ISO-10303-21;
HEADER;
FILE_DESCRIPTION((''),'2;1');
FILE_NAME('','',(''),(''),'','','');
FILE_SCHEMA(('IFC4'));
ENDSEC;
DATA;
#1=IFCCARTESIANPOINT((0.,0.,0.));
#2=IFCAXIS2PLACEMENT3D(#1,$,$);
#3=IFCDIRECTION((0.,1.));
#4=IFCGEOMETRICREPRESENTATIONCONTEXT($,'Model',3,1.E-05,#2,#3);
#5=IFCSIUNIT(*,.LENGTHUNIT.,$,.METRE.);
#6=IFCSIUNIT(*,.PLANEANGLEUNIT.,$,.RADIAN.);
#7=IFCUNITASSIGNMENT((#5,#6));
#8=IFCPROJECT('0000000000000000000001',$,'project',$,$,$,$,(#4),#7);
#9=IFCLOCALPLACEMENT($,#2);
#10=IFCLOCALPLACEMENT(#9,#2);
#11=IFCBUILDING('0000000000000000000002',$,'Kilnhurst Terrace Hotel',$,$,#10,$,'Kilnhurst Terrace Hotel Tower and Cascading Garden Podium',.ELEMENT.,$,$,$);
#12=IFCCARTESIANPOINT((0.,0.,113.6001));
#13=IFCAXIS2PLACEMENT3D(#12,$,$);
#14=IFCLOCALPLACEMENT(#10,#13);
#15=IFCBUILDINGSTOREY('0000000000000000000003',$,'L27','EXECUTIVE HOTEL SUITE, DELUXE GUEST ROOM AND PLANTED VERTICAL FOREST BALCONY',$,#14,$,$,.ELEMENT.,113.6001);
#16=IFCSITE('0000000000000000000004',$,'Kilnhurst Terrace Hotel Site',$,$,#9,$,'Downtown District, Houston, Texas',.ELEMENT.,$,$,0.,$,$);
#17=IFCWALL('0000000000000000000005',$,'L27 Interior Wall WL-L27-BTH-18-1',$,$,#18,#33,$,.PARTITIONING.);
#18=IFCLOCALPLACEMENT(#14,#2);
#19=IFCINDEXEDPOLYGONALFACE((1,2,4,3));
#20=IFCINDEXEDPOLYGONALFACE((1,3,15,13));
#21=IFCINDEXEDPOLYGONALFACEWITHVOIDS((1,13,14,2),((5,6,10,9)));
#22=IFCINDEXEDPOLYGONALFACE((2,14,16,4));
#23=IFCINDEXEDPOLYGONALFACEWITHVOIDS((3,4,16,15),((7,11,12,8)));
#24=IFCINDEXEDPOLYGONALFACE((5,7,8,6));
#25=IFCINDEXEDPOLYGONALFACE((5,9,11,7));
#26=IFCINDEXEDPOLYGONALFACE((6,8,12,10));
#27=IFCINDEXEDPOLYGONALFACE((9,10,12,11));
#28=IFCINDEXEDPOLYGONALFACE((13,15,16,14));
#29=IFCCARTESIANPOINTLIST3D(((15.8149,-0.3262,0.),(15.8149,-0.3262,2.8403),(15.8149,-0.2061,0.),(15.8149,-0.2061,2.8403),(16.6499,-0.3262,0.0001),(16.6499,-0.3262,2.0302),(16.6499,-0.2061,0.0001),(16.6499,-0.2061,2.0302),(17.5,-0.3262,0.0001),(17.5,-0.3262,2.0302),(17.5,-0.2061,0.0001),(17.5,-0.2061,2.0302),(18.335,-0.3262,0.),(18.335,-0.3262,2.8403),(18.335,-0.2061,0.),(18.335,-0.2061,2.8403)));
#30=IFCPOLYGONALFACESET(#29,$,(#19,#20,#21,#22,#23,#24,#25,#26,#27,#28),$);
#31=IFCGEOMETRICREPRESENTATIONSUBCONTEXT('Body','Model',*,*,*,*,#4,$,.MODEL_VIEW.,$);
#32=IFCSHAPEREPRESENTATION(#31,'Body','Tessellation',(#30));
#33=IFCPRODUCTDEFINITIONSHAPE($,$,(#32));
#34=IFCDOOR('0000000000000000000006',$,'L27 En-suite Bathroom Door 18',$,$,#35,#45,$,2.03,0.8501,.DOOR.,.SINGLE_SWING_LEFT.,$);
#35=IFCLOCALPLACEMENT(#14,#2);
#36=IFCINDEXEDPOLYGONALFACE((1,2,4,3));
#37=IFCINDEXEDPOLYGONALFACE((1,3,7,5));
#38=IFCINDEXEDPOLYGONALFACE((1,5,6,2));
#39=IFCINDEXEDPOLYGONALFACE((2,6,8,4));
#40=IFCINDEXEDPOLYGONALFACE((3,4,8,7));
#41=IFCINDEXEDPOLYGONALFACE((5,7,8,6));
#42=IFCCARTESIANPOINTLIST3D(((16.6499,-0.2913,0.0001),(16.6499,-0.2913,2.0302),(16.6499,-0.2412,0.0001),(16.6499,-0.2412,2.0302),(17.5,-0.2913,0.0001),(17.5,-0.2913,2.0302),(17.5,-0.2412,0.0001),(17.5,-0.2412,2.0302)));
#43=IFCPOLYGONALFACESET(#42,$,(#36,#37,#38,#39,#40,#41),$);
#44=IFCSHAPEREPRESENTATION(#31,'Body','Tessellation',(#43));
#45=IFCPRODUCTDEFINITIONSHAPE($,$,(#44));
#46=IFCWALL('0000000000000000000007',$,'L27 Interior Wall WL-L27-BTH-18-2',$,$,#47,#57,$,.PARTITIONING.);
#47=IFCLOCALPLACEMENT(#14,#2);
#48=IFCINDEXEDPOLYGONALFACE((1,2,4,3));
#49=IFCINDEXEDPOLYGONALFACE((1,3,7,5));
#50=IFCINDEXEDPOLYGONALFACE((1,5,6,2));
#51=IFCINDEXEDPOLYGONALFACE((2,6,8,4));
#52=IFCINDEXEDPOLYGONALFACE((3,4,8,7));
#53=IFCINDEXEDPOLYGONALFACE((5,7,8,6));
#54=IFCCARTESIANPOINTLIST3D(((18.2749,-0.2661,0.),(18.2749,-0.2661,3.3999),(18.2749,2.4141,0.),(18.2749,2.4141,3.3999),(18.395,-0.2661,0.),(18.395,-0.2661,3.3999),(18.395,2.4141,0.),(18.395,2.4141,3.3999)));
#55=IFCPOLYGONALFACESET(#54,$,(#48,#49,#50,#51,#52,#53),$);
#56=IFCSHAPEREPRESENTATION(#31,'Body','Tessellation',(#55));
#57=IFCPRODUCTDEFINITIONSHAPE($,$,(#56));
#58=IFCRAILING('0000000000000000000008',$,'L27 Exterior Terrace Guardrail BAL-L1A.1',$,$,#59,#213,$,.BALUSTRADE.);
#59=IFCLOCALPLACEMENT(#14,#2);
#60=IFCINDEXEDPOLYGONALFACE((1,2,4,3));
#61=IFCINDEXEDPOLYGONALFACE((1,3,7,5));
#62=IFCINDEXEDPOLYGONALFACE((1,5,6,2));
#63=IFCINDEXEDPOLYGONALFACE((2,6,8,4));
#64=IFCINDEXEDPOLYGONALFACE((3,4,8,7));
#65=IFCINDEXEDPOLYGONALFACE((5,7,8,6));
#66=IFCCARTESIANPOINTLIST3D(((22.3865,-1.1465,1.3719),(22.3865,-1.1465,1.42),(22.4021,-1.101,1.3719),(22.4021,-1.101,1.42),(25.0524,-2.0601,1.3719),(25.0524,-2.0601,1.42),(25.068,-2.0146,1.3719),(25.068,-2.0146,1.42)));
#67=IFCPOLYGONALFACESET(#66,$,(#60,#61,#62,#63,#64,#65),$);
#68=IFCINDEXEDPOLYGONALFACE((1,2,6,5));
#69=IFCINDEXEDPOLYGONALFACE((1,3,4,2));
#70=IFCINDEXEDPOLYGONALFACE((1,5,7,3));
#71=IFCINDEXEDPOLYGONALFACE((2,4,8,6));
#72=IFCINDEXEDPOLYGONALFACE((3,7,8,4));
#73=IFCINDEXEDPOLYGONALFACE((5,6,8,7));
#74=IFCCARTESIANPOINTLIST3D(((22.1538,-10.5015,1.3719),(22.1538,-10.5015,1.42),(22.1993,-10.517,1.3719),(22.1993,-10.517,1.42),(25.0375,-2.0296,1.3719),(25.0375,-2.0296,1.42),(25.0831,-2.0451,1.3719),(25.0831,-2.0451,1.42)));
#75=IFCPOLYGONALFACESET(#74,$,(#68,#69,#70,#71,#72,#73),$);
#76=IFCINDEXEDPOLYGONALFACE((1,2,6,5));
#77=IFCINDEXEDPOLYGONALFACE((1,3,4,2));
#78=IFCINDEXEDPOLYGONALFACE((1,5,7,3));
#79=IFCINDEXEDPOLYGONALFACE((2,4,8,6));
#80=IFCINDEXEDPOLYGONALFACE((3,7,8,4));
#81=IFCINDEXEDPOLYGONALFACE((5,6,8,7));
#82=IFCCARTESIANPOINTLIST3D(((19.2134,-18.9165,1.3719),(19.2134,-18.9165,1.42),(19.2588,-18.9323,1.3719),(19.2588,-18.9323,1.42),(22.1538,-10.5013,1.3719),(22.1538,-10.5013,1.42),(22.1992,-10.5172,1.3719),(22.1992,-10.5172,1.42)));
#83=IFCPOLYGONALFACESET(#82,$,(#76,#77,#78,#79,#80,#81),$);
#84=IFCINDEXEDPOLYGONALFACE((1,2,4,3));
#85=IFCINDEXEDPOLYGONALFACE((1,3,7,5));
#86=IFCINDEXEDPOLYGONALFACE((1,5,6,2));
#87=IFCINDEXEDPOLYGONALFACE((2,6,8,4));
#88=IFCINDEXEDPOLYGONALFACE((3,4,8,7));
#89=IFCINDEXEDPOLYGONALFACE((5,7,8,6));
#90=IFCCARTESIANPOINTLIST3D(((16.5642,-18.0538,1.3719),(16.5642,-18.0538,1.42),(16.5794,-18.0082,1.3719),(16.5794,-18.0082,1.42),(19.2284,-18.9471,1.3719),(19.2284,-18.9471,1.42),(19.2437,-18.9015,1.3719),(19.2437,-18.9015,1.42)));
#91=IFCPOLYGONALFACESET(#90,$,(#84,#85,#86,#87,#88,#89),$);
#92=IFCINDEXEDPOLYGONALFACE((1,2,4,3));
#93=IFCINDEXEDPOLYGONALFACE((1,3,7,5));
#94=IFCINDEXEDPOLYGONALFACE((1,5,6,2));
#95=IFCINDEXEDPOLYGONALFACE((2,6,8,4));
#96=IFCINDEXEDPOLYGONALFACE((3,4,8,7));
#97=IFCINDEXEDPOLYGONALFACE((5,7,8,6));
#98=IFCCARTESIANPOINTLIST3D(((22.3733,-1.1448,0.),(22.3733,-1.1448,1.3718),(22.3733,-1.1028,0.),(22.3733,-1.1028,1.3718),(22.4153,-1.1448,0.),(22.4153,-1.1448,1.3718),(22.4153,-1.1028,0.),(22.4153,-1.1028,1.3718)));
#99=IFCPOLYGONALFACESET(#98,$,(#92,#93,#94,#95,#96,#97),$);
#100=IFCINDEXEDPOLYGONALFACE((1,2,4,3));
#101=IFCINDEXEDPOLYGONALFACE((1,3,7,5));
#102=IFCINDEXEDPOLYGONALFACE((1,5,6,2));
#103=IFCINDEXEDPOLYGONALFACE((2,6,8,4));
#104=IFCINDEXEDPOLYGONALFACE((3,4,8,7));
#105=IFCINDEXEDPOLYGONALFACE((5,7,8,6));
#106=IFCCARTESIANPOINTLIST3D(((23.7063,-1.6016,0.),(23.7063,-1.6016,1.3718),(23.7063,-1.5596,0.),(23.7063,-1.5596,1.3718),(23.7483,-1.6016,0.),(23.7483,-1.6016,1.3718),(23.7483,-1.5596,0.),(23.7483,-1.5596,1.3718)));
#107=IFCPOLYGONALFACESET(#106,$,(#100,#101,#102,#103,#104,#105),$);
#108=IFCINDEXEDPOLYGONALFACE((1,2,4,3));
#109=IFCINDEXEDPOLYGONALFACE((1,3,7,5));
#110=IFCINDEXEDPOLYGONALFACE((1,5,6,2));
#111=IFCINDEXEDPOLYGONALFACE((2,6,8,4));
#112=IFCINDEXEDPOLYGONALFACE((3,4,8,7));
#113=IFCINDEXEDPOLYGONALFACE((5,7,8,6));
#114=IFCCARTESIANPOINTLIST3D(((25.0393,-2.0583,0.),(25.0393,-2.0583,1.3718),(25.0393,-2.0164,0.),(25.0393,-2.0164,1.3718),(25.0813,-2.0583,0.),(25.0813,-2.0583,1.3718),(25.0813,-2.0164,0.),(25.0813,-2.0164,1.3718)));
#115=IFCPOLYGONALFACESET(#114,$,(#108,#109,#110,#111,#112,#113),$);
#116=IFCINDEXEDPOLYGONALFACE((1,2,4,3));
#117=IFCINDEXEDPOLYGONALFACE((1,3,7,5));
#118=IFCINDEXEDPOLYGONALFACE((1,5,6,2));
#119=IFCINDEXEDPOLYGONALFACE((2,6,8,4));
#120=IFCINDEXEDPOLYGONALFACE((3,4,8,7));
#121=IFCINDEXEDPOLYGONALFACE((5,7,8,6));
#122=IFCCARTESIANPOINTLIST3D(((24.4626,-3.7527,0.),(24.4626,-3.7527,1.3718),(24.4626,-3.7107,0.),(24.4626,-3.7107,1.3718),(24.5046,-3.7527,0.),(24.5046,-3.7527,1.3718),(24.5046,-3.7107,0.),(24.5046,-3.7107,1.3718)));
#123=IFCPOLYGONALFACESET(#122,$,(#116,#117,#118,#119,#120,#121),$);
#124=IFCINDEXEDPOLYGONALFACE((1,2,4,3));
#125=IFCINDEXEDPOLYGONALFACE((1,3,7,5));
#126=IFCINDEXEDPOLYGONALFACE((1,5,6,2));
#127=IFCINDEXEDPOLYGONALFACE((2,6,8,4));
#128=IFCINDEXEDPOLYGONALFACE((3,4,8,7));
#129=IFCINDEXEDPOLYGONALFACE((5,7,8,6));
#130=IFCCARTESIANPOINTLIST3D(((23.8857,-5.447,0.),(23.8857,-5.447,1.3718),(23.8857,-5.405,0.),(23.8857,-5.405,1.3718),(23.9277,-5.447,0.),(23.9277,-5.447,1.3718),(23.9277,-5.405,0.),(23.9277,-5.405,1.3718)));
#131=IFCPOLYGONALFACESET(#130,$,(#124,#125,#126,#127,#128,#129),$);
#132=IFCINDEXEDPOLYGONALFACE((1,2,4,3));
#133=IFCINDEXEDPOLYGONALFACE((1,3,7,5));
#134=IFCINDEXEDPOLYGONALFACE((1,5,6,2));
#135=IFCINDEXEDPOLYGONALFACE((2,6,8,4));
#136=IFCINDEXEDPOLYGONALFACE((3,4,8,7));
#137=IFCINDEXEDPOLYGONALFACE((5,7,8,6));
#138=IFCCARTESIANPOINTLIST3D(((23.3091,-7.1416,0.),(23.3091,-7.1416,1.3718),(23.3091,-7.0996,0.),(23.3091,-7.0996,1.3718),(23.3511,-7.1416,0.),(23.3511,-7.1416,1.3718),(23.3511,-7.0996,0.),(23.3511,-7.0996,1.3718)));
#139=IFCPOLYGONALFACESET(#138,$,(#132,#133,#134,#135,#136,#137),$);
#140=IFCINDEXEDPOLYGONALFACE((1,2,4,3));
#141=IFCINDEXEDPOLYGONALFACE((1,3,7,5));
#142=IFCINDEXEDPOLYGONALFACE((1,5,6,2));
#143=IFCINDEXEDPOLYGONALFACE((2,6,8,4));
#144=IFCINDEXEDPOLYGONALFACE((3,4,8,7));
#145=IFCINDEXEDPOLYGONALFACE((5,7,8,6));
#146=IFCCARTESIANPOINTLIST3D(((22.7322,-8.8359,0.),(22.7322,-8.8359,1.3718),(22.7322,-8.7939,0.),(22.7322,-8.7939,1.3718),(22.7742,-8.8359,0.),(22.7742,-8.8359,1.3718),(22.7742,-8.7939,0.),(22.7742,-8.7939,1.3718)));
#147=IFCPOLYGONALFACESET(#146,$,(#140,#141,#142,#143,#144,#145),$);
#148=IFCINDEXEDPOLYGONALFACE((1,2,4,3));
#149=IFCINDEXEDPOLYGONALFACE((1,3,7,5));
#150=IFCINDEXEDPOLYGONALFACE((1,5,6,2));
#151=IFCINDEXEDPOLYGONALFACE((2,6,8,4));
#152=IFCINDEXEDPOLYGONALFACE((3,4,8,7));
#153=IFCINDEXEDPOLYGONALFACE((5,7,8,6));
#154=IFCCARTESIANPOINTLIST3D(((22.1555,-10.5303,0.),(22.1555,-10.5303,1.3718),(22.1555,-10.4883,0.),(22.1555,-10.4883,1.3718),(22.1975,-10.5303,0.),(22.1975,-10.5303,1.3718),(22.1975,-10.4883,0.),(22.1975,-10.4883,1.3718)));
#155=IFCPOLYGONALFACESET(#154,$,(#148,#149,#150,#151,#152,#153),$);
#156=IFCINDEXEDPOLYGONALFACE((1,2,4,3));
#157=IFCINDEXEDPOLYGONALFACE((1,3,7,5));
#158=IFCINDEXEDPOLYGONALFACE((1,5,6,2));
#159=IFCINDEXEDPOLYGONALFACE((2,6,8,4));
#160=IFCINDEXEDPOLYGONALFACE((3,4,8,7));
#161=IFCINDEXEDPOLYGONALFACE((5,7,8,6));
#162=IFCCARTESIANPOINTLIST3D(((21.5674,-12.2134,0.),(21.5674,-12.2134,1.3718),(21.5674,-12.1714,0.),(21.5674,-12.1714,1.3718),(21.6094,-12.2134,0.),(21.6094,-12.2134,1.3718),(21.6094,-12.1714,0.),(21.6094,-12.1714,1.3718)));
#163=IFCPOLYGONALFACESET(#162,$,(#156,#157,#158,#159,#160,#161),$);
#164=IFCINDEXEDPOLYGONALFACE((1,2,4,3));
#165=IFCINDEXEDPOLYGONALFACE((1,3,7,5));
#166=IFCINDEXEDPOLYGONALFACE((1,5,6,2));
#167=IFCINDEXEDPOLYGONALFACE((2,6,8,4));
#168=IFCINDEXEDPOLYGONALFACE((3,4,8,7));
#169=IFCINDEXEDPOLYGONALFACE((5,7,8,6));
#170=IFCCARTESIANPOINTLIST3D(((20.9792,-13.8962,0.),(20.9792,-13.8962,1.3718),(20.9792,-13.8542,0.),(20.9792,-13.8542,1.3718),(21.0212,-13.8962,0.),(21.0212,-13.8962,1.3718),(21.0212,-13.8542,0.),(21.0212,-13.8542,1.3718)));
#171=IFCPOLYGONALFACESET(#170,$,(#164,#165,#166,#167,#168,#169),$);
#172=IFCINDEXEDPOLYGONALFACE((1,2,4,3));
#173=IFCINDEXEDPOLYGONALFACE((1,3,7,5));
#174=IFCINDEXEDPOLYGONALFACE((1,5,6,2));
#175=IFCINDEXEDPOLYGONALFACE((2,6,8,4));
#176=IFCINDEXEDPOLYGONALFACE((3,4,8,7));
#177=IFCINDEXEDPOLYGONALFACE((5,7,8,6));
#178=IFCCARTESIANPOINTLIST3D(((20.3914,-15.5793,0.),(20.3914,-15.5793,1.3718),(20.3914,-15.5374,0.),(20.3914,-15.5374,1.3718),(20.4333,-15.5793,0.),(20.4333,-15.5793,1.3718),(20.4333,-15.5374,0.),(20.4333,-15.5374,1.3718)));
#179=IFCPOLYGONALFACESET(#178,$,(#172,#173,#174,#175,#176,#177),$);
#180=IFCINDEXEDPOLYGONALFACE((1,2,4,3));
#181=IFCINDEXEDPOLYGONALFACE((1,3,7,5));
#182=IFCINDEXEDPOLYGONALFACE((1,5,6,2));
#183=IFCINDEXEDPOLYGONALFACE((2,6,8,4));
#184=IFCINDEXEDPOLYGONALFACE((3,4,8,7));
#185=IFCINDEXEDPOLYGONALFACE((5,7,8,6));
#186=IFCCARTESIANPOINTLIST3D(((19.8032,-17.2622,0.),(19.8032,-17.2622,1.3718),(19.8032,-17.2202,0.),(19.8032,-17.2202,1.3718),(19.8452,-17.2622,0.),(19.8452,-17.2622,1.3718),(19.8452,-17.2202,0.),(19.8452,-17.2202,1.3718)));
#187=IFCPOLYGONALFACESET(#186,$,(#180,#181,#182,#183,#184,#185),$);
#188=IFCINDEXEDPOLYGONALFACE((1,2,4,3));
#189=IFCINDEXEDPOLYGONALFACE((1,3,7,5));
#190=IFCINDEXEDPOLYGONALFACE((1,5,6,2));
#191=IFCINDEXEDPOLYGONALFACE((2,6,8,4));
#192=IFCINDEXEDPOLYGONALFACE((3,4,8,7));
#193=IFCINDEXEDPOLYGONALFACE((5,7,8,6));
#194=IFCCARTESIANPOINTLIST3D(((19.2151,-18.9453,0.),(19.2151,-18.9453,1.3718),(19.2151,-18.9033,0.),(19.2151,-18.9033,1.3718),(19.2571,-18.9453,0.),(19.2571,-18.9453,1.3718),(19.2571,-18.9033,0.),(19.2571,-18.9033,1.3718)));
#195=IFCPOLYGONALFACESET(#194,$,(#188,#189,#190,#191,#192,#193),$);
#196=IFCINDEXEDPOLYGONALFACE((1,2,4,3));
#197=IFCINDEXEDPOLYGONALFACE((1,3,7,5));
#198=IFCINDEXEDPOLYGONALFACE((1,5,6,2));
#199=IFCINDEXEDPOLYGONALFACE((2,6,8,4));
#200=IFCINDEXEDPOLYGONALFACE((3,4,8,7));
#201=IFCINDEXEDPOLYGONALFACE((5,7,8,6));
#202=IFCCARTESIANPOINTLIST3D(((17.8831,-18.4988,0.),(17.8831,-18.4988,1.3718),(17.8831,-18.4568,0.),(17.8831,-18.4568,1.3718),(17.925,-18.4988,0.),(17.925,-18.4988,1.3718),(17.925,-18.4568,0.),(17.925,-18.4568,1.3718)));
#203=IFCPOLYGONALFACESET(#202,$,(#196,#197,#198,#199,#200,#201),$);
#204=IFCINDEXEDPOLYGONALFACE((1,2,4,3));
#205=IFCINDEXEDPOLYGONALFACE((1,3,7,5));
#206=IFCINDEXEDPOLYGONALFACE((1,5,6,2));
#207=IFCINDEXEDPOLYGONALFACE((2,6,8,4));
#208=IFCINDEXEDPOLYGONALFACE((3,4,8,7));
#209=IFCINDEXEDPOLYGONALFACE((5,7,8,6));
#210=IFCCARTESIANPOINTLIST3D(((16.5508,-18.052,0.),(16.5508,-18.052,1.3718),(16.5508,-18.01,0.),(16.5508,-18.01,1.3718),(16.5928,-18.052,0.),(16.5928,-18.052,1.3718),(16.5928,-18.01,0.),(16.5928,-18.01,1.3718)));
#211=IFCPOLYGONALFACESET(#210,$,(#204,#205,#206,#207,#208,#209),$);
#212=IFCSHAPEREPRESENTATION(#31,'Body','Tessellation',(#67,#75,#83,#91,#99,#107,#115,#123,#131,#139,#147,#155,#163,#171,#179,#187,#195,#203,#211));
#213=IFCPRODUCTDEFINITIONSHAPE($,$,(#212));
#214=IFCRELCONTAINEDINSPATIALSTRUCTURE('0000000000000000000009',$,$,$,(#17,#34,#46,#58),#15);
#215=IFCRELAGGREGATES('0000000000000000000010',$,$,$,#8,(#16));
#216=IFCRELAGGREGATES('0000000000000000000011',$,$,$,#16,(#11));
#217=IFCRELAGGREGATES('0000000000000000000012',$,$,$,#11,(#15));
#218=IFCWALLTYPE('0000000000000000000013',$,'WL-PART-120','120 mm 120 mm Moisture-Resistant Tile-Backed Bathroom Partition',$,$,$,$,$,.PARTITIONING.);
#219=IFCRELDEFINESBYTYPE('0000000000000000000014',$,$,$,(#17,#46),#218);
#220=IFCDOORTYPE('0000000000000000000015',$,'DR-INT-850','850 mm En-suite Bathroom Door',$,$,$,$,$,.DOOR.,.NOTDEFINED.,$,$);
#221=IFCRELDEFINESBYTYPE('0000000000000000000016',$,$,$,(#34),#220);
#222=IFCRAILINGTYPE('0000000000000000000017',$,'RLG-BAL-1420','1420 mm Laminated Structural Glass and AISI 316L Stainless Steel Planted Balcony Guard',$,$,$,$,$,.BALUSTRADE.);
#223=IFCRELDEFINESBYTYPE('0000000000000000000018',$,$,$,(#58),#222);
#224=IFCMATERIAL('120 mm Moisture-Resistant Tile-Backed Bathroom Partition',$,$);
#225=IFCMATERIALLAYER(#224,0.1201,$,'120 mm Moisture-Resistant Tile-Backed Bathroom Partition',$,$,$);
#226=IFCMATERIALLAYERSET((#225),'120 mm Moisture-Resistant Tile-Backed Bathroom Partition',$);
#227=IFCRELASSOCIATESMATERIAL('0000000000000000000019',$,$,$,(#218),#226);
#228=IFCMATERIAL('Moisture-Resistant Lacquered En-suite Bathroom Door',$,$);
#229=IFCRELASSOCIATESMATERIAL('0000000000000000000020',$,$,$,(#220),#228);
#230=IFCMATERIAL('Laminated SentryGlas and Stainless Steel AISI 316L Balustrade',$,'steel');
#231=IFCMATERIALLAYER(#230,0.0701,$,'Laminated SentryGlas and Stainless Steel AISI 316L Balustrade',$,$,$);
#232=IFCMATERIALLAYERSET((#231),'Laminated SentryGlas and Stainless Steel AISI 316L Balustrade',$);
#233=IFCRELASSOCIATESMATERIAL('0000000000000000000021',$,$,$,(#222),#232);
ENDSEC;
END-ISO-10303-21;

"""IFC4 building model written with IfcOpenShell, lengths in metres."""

from ifc_helpers import new_model, si_unit, direction, frame, frame_2d, origin, origin_2d, place, context, subcontext, project, spatial, rectangle, extrude, material, layer, layer_set, type_object, element, fill, save


model = new_model("IFC4")

# Units and contexts
model_context = context("Model", 3, precision=1e-05, world=origin(), true_north=direction((0.0, 1.0)))
body_context = subcontext(model_context, "Body", "Model", "MODEL_VIEW")
ifc_project = project(units=[si_unit("LENGTHUNIT", "METRE"), si_unit("PLANEANGLEUNIT", "RADIAN")], contexts=[model_context])

# Site, building, storey
site_placement = place(None, origin())
site = spatial("IfcSite", under=ifc_project, at=site_placement, Name="Kilnhurst Terrace Hotel Site", LongName="Downtown District, Houston, Texas", CompositionType="ELEMENT", RefElevation=0.0)
building_placement = place(site_placement, origin())
building = spatial("IfcBuilding", under=site, at=building_placement, Name="Kilnhurst Terrace Hotel", LongName="Kilnhurst Terrace Hotel Tower and Cascading Garden Podium", CompositionType="ELEMENT")
storey_placement = place(building_placement, frame((0.0, 0.0, 113.6001)))
storey = spatial("IfcBuildingStorey", under=building, at=storey_placement, Name="L27", Description="EXECUTIVE HOTEL SUITE, DELUXE GUEST ROOM AND PLANTED VERTICAL FOREST BALCONY", CompositionType="ELEMENT", Elevation=113.6001)

# Shared definitions
ifc_material_1 = material(Name="120 mm Moisture-Resistant Tile-Backed Bathroom Partition")
ifc_layer_1 = layer(ifc_material_1, 0.1201, Name="120 mm Moisture-Resistant Tile-Backed Bathroom Partition")
ifc_layer_set_1 = layer_set([ifc_layer_1], Name="120 mm Moisture-Resistant Tile-Backed Bathroom Partition")
wall_type_1 = type_object("IfcWallType", Name="WL-PART-120", Description="120 mm 120 mm Moisture-Resistant Tile-Backed Bathroom Partition", PredefinedType="PARTITIONING", material=ifc_layer_set_1)

# Wall, opening, door
wall_1_placement = place(storey_placement, frame((15.8149, -0.2661, 0.0), z_axis=(0.0, 0.0, 1.0), x_axis=(1.0, 0.0, 0.0)))
wall_1 = element("IfcWall", 1, at=wall_1_placement, inside=storey, type_object=wall_type_1, Name="L27 Interior Wall WL-L27-BTH-18-1", PredefinedType="PARTITIONING", context=body_context, shape_type="SweptSolid", body=[
    extrude(rectangle(XDim=2.52, YDim=0.1201, at=frame_2d((1.26, 0.0))), origin(), (0.0, 0.0, 1.0), 2.8403),
])
opening_1_placement = place(wall_1_placement, frame((0.835, 0.0, 0.0)))
opening_1 = element("IfcOpeningElement", 2, at=opening_1_placement, cuts=wall_1, PredefinedType="OPENING", context=body_context, shape_type="SweptSolid", body=[
    extrude(rectangle(XDim=0.8501, YDim=2.03, at=frame_2d((0.425, 1.0151))), frame((0.0, 0.0701, 0.0), z_axis=(0.0, -1.0, 0.0), x_axis=(1.0, 0.0, 0.0)), (0.0, 0.0, 1.0), 0.1401),
])
ifc_material_2 = material(Name="Moisture-Resistant Lacquered En-suite Bathroom Door")
door_type_1 = type_object("IfcDoorType", Name="DR-INT-850", Description="850 mm En-suite Bathroom Door", OperationType="NOTDEFINED", PredefinedType="DOOR", material=ifc_material_2)
door_1_placement = place(opening_1_placement, origin())
door_1 = element("IfcDoor", 3, at=door_1_placement, inside=storey, type_object=door_type_1, Name="L27 En-suite Bathroom Door 18", OperationType="SINGLE_SWING_LEFT", OverallHeight=2.03, OverallWidth=0.8501, PredefinedType="DOOR", context=body_context, shape_type="SweptSolid", body=[
    extrude(rectangle(XDim=0.8501, YDim=2.03, at=frame_2d((0.425, 1.0151))), frame((0.0, 0.0249, 0.0), z_axis=(0.0, -1.0, 0.0), x_axis=(1.0, 0.0, 0.0)), (0.0, 0.0, 1.0), 0.05),
])
fill(opening_1, door_1)

# Wall
wall_2_placement = place(storey_placement, frame((18.335, -0.2661, 0.0), z_axis=(0.0, 0.0, 1.0), x_axis=(0.0, 1.0, 0.0)))
element("IfcWall", 4, at=wall_2_placement, inside=storey, type_object=wall_type_1, Name="L27 Interior Wall WL-L27-BTH-18-2", PredefinedType="PARTITIONING", context=body_context, shape_type="SweptSolid", body=[
    extrude(rectangle(XDim=2.6802, YDim=0.1201, at=frame_2d((1.3401, 0.0))), origin(), (0.0, 0.0, 1.0), 3.3999),
])

# Railing
ifc_material_3 = material(Name="Laminated SentryGlas and Stainless Steel AISI 316L Balustrade", Category="steel")
ifc_layer_2 = layer(ifc_material_3, 0.0701, Name="Laminated SentryGlas and Stainless Steel AISI 316L Balustrade")
ifc_layer_set_2 = layer_set([ifc_layer_2], Name="Laminated SentryGlas and Stainless Steel AISI 316L Balustrade")
railing_type = type_object("IfcRailingType", Name="RLG-BAL-1420", Description="1420 mm Laminated Structural Glass and AISI 316L Stainless Steel Planted Balcony Guard", PredefinedType="BALUSTRADE", material=ifc_layer_set_2)
railing_placement = place(storey_placement, frame((22.3943, -1.1238, 0.0)))
element("IfcRailing", 5, at=railing_placement, inside=storey, type_object=railing_type, Name="L27 Exterior Terrace Guardrail BAL-L1A.1", PredefinedType="BALUSTRADE", context=body_context, shape_type="SweptSolid", body=[
    extrude(rectangle(XDim=0.0481, YDim=0.0481, at=origin_2d()), frame((0.0, 0.0, 1.396), z_axis=(0.945999, -0.324169, 0.0), x_axis=(0.324169, 0.945999, 0.0)), (0.0, 0.0, 1.0), 2.8181),
    extrude(rectangle(XDim=0.0481, YDim=0.0481, at=origin_2d()), frame((2.666, -0.9136, 1.396), z_axis=(-0.322237, -0.946659, 0.0), x_axis=(0.946659, -0.322237, 0.0)), (0.0, 0.0, 1.0), 8.9492),
    extrude(rectangle(XDim=0.0481, YDim=0.0481, at=origin_2d()), frame((-0.2178, -9.3855, 1.396), z_axis=(-0.329867, -0.944027, 0.0), x_axis=(0.944027, -0.329867, 0.0)), (0.0, 0.0, 1.0), 8.9141),
    extrude(rectangle(XDim=0.0481, YDim=0.0481, at=origin_2d()), frame((-3.1582, -17.8005, 1.396), z_axis=(-0.948126, 0.317895, 0.0), x_axis=(-0.317895, -0.948126, 0.0)), (0.0, 0.0, 1.0), 2.8101),
    extrude(rectangle(XDim=0.042, YDim=0.042, at=origin_2d()), origin(), (0.0, 0.0, 1.0), 1.3718),
    extrude(rectangle(XDim=0.042, YDim=0.042, at=origin_2d()), frame((1.333, -0.4568, 0.0)), (0.0, 0.0, 1.0), 1.3718),
    extrude(rectangle(XDim=0.042, YDim=0.042, at=origin_2d()), frame((2.666, -0.9136, 0.0)), (0.0, 0.0, 1.0), 1.3718),
    extrude(rectangle(XDim=0.042, YDim=0.042, at=origin_2d()), frame((2.0894, -2.6079, 0.0)), (0.0, 0.0, 1.0), 1.3718),
    extrude(rectangle(XDim=0.042, YDim=0.042, at=origin_2d()), frame((1.5125, -4.3022, 0.0)), (0.0, 0.0, 1.0), 1.3718),
    extrude(rectangle(XDim=0.042, YDim=0.042, at=origin_2d()), frame((0.9358, -5.9968, 0.0)), (0.0, 0.0, 1.0), 1.3718),
    extrude(rectangle(XDim=0.042, YDim=0.042, at=origin_2d()), frame((0.3589, -7.6912, 0.0)), (0.0, 0.0, 1.0), 1.3718),
    extrude(rectangle(XDim=0.042, YDim=0.042, at=origin_2d()), frame((-0.2178, -9.3855, 0.0)), (0.0, 0.0, 1.0), 1.3718),
    extrude(rectangle(XDim=0.042, YDim=0.042, at=origin_2d()), frame((-0.8059, -11.0686, 0.0)), (0.0, 0.0, 1.0), 1.3718),
    extrude(rectangle(XDim=0.042, YDim=0.042, at=origin_2d()), frame((-1.394, -12.7515, 0.0)), (0.0, 0.0, 1.0), 1.3718),
    extrude(rectangle(XDim=0.042, YDim=0.042, at=origin_2d()), frame((-1.9819, -14.4346, 0.0)), (0.0, 0.0, 1.0), 1.3718),
    extrude(rectangle(XDim=0.042, YDim=0.042, at=origin_2d()), frame((-2.5701, -16.1174, 0.0)), (0.0, 0.0, 1.0), 1.3718),
    extrude(rectangle(XDim=0.042, YDim=0.042, at=origin_2d()), frame((-3.1582, -17.8005, 0.0)), (0.0, 0.0, 1.0), 1.3718),
    extrude(rectangle(XDim=0.042, YDim=0.042, at=origin_2d()), frame((-4.4902, -17.354, 0.0)), (0.0, 0.0, 1.0), 1.3718),
    extrude(rectangle(XDim=0.042, YDim=0.042, at=origin_2d()), frame((-5.8225, -16.9072, 0.0)), (0.0, 0.0, 1.0), 1.3718),
])

save(model, "model.ifc")
